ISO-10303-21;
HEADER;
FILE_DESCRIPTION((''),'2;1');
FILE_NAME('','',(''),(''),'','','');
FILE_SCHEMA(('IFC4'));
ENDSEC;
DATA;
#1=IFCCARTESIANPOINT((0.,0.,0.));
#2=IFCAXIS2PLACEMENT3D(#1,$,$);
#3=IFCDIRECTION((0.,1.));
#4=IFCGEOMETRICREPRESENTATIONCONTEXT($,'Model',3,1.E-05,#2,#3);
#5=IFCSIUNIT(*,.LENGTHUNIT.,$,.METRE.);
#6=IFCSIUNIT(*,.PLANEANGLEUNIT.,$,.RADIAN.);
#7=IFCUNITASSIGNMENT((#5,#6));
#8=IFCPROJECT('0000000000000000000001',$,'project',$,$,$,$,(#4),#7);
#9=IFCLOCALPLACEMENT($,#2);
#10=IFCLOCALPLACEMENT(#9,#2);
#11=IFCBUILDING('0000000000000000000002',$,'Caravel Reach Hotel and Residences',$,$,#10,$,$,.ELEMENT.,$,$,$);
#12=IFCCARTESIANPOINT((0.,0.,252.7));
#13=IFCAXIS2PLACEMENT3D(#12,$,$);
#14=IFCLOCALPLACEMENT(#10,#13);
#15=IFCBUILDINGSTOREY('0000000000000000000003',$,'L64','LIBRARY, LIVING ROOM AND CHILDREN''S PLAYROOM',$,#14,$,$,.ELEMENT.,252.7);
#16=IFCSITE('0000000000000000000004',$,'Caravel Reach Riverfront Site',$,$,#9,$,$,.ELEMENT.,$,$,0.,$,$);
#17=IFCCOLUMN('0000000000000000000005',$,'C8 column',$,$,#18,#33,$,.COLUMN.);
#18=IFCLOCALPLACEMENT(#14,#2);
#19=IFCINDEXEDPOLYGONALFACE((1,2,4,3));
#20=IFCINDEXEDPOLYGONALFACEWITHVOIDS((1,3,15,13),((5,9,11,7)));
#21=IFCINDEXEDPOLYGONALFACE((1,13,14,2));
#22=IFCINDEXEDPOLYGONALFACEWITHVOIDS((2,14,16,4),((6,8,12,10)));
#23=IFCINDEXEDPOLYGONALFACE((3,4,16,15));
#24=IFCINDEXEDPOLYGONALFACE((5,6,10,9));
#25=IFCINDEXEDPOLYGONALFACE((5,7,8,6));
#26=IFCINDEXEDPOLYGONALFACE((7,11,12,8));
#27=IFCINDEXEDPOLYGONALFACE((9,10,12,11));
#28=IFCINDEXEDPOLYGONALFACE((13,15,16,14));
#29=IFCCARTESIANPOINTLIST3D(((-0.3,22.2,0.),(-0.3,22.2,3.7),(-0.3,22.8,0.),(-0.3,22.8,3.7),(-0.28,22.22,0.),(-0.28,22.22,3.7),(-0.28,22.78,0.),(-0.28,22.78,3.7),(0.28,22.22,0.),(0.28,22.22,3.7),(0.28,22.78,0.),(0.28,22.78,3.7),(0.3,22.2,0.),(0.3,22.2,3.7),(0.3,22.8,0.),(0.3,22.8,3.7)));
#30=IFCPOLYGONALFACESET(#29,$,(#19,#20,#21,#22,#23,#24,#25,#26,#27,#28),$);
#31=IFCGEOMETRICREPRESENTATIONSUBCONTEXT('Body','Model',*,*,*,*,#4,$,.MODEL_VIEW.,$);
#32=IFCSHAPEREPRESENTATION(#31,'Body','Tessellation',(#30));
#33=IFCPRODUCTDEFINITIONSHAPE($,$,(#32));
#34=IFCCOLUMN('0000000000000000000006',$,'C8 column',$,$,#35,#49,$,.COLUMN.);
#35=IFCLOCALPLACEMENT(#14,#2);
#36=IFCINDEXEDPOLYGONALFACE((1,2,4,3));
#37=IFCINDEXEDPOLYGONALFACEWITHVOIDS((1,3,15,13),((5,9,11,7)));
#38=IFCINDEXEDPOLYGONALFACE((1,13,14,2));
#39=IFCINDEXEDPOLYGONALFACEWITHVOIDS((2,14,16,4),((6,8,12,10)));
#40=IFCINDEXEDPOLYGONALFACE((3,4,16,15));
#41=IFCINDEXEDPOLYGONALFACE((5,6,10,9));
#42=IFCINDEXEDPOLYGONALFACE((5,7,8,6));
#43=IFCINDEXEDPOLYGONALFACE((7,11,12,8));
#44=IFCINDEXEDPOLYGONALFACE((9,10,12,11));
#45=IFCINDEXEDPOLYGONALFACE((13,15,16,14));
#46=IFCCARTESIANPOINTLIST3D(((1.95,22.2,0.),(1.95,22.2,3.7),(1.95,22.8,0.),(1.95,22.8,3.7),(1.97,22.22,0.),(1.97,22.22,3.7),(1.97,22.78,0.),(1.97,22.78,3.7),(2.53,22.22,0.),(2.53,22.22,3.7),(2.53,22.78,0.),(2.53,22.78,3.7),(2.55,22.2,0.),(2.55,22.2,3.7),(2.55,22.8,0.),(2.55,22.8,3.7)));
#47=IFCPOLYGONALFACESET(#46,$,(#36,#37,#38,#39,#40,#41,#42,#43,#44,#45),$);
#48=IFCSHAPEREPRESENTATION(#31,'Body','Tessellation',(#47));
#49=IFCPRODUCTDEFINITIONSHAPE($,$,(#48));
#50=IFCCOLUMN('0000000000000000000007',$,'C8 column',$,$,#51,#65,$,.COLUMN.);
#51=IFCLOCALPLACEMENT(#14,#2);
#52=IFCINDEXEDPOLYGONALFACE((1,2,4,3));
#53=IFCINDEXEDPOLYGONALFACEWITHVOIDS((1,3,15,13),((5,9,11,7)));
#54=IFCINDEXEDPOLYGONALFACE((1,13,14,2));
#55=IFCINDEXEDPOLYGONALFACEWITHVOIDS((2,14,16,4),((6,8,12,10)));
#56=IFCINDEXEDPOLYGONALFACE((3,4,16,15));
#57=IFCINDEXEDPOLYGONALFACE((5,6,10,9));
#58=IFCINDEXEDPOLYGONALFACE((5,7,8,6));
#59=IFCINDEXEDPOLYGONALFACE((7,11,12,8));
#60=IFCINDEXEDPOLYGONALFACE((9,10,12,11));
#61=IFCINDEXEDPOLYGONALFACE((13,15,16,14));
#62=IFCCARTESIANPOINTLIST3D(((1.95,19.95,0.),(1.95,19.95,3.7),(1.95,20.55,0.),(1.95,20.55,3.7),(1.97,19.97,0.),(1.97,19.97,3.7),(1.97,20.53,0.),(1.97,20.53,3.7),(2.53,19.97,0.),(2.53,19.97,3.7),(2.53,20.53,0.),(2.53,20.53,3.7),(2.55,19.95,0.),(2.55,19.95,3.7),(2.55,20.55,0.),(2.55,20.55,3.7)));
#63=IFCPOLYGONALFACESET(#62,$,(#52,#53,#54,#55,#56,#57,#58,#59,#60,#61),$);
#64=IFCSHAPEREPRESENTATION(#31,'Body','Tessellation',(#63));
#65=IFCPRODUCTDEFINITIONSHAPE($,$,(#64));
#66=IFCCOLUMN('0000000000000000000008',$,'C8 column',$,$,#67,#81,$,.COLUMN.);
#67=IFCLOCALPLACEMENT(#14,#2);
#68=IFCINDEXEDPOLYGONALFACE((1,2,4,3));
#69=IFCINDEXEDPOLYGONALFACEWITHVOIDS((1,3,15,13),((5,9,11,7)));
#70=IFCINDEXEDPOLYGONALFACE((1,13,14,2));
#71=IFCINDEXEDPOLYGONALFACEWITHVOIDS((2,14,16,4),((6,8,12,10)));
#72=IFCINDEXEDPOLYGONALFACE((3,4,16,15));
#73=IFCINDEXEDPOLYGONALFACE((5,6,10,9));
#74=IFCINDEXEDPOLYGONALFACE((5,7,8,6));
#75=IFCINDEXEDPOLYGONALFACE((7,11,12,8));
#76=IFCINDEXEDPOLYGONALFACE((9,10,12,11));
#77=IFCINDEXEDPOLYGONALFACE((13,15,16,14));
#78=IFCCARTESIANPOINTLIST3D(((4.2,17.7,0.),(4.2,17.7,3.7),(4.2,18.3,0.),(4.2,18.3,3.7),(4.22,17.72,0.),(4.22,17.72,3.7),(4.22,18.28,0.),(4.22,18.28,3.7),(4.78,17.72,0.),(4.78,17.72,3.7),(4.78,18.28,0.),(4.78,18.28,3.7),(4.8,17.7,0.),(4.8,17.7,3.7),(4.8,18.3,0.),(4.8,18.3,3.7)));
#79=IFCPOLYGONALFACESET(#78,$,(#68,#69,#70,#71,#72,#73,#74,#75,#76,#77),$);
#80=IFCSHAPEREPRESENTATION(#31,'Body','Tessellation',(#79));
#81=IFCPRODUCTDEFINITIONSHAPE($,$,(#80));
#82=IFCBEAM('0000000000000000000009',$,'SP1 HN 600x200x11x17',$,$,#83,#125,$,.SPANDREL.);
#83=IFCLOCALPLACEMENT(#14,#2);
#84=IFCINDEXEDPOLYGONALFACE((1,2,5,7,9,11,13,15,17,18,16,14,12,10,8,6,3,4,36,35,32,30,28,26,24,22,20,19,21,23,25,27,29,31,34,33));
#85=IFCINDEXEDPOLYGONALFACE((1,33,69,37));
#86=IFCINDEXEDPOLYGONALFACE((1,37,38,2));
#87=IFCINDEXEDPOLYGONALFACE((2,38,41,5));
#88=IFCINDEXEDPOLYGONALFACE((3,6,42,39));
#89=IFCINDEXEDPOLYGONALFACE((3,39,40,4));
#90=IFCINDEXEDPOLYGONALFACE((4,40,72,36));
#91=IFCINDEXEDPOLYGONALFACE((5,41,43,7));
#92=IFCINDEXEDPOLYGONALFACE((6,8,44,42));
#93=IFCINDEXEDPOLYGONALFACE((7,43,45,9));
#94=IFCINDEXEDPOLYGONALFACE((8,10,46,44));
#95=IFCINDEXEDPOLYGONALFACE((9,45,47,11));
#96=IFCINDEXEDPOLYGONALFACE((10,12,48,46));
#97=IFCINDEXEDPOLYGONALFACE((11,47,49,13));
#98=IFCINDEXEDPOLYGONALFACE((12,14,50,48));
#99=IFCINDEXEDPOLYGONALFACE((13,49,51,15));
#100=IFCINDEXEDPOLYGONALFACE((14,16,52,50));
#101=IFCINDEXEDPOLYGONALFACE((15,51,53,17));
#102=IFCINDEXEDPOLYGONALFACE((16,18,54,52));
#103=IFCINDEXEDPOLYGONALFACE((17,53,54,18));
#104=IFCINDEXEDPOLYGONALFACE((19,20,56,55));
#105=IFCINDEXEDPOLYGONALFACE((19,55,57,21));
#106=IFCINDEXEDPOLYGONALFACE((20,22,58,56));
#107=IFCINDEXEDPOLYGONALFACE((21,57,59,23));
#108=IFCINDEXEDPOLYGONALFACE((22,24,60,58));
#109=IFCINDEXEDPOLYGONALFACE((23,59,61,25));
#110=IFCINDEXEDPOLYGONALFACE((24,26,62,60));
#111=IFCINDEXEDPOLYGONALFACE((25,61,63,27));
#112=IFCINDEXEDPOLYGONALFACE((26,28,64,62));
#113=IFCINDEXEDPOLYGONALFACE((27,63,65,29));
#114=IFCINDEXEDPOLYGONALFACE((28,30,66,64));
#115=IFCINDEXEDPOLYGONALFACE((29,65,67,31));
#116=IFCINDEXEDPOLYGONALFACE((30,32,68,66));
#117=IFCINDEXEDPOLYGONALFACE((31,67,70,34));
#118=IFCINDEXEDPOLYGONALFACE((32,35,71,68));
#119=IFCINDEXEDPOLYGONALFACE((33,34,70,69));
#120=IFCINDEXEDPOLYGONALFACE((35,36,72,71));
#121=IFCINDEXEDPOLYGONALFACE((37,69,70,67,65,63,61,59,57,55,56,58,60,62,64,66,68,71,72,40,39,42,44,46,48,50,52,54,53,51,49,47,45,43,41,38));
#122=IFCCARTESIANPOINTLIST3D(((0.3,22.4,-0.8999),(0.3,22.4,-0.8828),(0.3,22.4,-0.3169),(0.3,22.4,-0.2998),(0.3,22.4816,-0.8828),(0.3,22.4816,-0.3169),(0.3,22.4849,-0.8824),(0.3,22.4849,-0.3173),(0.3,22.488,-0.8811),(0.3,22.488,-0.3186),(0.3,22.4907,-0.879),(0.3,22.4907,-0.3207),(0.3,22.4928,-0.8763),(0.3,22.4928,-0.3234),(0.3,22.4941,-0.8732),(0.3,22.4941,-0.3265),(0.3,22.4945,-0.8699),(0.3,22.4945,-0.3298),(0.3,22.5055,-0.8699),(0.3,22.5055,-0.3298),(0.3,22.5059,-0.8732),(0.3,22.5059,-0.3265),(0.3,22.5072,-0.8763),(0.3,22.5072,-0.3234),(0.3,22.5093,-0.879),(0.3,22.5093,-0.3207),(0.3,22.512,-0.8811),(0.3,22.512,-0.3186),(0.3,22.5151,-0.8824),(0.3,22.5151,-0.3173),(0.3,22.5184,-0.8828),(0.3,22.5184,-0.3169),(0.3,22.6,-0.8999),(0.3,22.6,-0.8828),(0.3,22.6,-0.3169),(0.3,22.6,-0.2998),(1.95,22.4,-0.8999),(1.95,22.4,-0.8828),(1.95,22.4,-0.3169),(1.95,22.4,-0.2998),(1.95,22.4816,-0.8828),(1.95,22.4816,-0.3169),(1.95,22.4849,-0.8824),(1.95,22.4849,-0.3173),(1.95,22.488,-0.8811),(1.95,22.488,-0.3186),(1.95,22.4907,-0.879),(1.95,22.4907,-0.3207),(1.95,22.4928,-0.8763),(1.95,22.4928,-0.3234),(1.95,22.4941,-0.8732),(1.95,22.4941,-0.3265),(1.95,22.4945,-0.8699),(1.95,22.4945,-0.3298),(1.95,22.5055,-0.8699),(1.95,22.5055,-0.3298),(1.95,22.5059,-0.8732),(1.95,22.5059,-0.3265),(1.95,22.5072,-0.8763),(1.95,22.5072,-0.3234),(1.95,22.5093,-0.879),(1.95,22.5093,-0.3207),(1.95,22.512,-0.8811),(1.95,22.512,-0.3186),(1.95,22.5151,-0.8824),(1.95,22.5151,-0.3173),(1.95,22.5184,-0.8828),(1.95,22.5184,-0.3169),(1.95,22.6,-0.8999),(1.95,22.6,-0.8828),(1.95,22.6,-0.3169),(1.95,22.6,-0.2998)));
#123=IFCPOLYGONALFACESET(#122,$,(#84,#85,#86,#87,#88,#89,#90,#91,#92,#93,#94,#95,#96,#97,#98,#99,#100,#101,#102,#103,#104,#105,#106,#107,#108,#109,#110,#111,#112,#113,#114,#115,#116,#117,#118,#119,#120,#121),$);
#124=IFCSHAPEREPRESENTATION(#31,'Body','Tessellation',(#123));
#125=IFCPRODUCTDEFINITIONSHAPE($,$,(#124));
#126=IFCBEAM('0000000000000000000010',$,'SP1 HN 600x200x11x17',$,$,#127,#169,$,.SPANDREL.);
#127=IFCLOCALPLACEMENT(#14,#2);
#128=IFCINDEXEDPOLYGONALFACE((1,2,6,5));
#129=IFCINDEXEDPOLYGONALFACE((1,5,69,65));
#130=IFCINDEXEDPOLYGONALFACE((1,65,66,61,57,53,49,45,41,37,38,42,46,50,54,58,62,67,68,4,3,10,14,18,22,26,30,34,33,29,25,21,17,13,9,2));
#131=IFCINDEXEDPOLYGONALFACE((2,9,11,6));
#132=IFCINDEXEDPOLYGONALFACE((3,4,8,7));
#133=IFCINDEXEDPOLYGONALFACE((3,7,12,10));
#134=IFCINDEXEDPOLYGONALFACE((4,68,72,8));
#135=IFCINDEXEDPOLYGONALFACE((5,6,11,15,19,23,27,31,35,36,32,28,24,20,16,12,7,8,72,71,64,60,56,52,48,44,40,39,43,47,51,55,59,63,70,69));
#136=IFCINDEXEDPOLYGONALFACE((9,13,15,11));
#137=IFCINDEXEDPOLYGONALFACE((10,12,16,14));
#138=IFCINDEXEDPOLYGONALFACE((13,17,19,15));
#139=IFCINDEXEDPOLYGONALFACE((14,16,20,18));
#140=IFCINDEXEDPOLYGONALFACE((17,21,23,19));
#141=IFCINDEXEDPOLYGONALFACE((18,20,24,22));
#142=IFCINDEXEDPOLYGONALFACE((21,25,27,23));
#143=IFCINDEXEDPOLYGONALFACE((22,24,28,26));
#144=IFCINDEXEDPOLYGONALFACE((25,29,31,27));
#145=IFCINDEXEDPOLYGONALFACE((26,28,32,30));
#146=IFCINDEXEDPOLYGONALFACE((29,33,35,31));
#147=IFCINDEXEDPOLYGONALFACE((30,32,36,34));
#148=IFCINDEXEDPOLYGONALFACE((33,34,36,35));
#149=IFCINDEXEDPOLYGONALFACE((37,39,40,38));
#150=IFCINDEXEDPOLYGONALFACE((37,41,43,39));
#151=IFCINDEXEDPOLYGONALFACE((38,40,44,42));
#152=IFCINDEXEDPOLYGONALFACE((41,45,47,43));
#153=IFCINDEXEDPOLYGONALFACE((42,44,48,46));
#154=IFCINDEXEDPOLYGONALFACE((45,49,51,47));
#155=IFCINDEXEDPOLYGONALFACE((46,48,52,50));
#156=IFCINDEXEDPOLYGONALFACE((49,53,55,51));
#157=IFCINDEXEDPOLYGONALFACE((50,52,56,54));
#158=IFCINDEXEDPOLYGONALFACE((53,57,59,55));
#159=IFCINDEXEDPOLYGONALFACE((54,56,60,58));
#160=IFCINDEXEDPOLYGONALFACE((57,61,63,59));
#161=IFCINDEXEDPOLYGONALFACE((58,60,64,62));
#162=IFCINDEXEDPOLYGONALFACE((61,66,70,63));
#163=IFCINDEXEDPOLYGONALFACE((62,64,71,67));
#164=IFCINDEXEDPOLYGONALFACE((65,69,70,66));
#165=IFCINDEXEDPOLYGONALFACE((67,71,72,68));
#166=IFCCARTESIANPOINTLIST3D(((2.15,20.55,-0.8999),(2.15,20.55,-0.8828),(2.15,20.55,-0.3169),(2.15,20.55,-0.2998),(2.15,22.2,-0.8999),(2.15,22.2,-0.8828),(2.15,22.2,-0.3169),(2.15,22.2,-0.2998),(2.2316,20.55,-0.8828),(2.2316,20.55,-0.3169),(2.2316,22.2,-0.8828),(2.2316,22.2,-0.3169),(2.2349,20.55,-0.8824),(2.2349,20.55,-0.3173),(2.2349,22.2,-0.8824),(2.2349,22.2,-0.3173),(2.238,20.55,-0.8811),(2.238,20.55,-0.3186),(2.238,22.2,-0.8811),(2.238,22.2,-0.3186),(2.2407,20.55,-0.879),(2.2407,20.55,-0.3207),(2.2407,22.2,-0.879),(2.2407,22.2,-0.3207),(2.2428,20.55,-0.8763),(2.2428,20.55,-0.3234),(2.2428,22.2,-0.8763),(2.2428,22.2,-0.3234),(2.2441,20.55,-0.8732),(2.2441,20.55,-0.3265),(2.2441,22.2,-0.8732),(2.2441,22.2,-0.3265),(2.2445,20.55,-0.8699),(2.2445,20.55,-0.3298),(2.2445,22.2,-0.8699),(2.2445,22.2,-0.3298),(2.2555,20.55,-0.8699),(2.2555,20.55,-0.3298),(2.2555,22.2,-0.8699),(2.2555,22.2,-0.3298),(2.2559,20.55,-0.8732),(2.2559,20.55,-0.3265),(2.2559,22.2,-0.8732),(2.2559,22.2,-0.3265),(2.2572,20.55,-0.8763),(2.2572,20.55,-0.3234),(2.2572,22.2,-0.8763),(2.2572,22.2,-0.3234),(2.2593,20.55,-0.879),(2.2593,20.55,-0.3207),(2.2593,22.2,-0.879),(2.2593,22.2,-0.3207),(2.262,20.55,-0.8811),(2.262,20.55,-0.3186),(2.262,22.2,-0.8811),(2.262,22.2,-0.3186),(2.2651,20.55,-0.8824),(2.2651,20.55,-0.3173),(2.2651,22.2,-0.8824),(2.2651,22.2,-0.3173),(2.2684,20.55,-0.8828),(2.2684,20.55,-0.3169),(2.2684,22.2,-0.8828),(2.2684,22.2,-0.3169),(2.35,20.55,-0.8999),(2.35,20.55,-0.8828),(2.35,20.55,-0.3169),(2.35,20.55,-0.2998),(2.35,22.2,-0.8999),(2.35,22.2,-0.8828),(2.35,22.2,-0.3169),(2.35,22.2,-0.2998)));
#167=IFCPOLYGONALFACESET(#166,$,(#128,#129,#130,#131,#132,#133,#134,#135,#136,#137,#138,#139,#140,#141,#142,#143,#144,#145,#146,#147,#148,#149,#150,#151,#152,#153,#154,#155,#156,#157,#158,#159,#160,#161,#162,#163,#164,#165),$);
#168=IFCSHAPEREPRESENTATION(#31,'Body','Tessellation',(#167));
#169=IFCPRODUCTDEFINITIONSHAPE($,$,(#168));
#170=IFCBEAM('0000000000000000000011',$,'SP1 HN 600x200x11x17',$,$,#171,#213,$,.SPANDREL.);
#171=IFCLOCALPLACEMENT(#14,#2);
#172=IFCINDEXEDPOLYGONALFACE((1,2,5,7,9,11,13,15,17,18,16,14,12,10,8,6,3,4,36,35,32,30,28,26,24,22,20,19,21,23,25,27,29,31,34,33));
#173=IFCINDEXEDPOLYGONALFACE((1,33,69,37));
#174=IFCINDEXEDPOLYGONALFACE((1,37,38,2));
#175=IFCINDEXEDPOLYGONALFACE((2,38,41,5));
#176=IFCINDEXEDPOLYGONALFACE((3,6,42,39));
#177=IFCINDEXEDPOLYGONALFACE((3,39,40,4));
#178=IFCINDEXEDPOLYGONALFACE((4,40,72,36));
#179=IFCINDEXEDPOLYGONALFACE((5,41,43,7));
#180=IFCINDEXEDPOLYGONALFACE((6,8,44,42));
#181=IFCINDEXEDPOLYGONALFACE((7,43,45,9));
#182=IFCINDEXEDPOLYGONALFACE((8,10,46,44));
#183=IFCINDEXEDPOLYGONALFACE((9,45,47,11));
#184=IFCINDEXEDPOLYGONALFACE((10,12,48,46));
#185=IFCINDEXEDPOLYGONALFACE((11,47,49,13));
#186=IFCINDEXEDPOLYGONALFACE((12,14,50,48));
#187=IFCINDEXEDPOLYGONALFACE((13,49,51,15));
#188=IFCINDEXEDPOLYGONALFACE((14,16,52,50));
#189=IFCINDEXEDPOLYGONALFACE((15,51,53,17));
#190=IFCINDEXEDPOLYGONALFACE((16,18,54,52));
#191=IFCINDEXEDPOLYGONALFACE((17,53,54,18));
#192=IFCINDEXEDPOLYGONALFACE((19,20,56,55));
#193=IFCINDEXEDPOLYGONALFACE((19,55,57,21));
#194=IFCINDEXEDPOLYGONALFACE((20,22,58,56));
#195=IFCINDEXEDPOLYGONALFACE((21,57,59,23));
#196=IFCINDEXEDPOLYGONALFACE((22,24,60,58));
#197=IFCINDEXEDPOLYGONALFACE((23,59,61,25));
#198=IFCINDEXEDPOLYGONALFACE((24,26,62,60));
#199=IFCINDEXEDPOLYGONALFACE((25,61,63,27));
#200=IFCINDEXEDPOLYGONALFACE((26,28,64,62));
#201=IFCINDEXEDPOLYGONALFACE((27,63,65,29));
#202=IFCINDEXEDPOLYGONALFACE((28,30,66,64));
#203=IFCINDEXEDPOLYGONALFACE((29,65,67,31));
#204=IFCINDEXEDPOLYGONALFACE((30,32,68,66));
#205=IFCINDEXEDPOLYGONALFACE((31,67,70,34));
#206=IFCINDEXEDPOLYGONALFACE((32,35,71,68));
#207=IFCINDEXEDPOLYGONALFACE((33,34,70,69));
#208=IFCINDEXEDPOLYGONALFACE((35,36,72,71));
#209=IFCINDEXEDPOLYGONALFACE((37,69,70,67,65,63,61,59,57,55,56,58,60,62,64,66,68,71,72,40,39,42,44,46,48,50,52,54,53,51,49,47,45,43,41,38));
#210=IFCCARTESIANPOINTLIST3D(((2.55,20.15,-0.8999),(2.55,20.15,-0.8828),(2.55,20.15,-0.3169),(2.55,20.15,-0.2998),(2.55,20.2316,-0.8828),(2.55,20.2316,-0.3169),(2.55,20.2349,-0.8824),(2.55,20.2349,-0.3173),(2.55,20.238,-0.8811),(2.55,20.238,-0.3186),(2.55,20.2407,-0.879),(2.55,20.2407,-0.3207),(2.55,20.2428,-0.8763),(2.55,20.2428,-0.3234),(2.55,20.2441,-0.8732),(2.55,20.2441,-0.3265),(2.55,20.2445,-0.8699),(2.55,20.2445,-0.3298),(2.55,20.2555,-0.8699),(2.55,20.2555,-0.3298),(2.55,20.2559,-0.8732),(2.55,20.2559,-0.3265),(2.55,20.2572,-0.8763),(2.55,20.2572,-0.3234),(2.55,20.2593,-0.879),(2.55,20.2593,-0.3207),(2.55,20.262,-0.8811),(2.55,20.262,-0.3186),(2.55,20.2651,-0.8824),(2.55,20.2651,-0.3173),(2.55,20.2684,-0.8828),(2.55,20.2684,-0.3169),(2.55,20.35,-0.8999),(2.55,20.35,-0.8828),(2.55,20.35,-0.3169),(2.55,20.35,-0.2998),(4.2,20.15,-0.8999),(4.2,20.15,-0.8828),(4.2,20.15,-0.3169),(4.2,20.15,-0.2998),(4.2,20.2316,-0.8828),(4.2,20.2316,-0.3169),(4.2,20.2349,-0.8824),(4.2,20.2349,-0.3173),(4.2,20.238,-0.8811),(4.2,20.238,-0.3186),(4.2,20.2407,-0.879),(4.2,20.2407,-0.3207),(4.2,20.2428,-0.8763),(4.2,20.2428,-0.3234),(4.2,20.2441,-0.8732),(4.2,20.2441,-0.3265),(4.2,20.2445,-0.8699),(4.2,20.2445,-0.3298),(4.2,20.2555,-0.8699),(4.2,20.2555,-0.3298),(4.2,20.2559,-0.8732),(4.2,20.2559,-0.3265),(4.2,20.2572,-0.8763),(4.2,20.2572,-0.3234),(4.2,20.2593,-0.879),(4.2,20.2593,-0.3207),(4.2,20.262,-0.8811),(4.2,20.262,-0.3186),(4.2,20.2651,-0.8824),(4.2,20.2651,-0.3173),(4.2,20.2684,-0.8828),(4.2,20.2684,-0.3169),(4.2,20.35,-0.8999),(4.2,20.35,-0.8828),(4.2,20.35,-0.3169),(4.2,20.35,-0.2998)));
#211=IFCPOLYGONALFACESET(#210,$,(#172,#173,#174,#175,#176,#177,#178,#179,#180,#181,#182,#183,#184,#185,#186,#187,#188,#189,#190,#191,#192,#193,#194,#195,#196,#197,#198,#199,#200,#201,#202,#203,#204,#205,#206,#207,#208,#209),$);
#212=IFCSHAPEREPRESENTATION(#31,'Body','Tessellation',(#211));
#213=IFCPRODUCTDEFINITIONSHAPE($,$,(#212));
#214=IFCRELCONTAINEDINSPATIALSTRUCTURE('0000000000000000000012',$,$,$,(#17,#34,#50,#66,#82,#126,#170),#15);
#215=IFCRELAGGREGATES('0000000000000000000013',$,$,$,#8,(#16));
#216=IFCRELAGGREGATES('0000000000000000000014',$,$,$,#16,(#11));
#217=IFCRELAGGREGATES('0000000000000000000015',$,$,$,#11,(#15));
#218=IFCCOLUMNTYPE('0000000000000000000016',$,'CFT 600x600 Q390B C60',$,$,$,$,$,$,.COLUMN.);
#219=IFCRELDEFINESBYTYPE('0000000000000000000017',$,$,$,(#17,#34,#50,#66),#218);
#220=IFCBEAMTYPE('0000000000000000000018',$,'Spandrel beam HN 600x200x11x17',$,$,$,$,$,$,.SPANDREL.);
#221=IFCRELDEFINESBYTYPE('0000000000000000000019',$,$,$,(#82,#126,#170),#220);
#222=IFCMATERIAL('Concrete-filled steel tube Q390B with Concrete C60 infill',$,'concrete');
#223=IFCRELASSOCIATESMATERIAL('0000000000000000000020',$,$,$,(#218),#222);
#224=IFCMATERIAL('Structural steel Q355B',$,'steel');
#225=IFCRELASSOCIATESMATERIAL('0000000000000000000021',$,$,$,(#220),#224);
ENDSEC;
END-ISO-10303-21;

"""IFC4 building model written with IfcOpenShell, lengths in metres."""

from ifc_helpers import new_model, si_unit, direction, frame, origin, origin_2d, place, context, subcontext, project, spatial, hollow_rectangle, i_section, extrude, material, material_profile, profile_set, type_object, element, save


model = new_model("IFC4")

# Units and contexts
model_context = context("Model", 3, precision=1e-05, world=origin(), true_north=direction((0.0, 1.0)))
body_context = subcontext(model_context, "Body", "Model", "MODEL_VIEW")
ifc_project = project(units=[si_unit("LENGTHUNIT", "METRE"), si_unit("PLANEANGLEUNIT", "RADIAN")], contexts=[model_context])

# Site, building, storey
site_placement = place(None, origin())
site = spatial("IfcSite", under=ifc_project, at=site_placement, Name="Caravel Reach Riverfront Site", CompositionType="ELEMENT", RefElevation=0.0)
building_placement = place(site_placement, origin())
building = spatial("IfcBuilding", under=site, at=building_placement, Name="Caravel Reach Hotel and Residences", CompositionType="ELEMENT")
storey_placement = place(building_placement, frame((0.0, 0.0, 252.7)))
storey = spatial("IfcBuildingStorey", under=building, at=storey_placement, Name="L64", Description="LIBRARY, LIVING ROOM AND CHILDREN'S PLAYROOM", CompositionType="ELEMENT", Elevation=252.7)

# Columns
ifc_material_1 = material(Name="Concrete-filled steel tube Q390B with Concrete C60 infill", Category="concrete")
ifc_material_profile_1 = material_profile(ifc_material_1, hollow_rectangle(XDim=0.6001, YDim=0.6001, WallThickness=0.02, at=origin_2d()), Name="RHS 600x600x20")
ifc_profile_set_1 = profile_set([ifc_material_profile_1], Name="Concrete-filled steel tube Q390B with Concrete C60 infill")
column_type = type_object("IfcColumnType", Name="CFT 600x600 Q390B C60", PredefinedType="COLUMN", material=ifc_profile_set_1)
for number, where, z_axis, x_axis, name in (
    (1, (0.0, 22.5, 0.0), (0.0, 0.0, 1.0), (1.0, 0.0, 0.0), "C8 column"),
    (2, (2.25, 22.5, 0.0), (0.0, 0.0, 1.0), (1.0, 0.0, 0.0), "C8 column"),
    (3, (2.25, 20.25, 0.0), (0.0, 0.0, 1.0), (1.0, 0.0, 0.0), "C8 column"),
    (4, (4.5, 18.0, 0.0), (0.0, 0.0, 1.0), (1.0, 0.0, 0.0), "C8 column"),
):
    element("IfcColumn", number, at=place(storey_placement, frame(where, z_axis=z_axis, x_axis=x_axis)), inside=storey, type_object=column_type, Name=name, PredefinedType="COLUMN", context=body_context, shape_type="SweptSolid", body=[
        extrude(hollow_rectangle(XDim=0.6001, YDim=0.6001, WallThickness=0.02, at=origin_2d()), origin(), (0.0, 0.0, 1.0), 3.7),
    ])

# Beams
ifc_material_2 = material(Name="Structural steel Q355B", Category="steel")
ifc_material_profile_2 = material_profile(ifc_material_2, i_section(OverallWidth=0.2, OverallDepth=0.6001, WebThickness=0.011, FlangeThickness=0.0171, FilletRadius=0.0129, at=origin_2d()), Name="HN 600x200x11x17")
ifc_profile_set_2 = profile_set([ifc_material_profile_2], Name="Structural steel Q355B")
beam_type = type_object("IfcBeamType", Name="Spandrel beam HN 600x200x11x17", PredefinedType="SPANDREL", material=ifc_profile_set_2)
for number, where, z_axis, x_axis, name in (
    (5, (0.3, 22.5, -0.5999), (1.0, 0.0, 0.0), (0.0, 1.0, 0.0), "SP1 HN 600x200x11x17"),
    (6, (2.25, 22.2, -0.5999), (0.0, -1.0, 0.0), (1.0, 0.0, 0.0), "SP1 HN 600x200x11x17"),
    (7, (2.55, 20.25, -0.5999), (1.0, 0.0, 0.0), (0.0, 1.0, 0.0), "SP1 HN 600x200x11x17"),
):
    element("IfcBeam", number, at=place(storey_placement, frame(where, z_axis=z_axis, x_axis=x_axis)), inside=storey, type_object=beam_type, Name=name, PredefinedType="SPANDREL", context=body_context, shape_type="SweptSolid", body=[
        extrude(i_section(OverallWidth=0.2, OverallDepth=0.6001, WebThickness=0.011, FlangeThickness=0.0171, FilletRadius=0.0129, at=origin_2d()), origin(), (0.0, 0.0, 1.0), 1.6499),
    ])

save(model, "model.ifc")
